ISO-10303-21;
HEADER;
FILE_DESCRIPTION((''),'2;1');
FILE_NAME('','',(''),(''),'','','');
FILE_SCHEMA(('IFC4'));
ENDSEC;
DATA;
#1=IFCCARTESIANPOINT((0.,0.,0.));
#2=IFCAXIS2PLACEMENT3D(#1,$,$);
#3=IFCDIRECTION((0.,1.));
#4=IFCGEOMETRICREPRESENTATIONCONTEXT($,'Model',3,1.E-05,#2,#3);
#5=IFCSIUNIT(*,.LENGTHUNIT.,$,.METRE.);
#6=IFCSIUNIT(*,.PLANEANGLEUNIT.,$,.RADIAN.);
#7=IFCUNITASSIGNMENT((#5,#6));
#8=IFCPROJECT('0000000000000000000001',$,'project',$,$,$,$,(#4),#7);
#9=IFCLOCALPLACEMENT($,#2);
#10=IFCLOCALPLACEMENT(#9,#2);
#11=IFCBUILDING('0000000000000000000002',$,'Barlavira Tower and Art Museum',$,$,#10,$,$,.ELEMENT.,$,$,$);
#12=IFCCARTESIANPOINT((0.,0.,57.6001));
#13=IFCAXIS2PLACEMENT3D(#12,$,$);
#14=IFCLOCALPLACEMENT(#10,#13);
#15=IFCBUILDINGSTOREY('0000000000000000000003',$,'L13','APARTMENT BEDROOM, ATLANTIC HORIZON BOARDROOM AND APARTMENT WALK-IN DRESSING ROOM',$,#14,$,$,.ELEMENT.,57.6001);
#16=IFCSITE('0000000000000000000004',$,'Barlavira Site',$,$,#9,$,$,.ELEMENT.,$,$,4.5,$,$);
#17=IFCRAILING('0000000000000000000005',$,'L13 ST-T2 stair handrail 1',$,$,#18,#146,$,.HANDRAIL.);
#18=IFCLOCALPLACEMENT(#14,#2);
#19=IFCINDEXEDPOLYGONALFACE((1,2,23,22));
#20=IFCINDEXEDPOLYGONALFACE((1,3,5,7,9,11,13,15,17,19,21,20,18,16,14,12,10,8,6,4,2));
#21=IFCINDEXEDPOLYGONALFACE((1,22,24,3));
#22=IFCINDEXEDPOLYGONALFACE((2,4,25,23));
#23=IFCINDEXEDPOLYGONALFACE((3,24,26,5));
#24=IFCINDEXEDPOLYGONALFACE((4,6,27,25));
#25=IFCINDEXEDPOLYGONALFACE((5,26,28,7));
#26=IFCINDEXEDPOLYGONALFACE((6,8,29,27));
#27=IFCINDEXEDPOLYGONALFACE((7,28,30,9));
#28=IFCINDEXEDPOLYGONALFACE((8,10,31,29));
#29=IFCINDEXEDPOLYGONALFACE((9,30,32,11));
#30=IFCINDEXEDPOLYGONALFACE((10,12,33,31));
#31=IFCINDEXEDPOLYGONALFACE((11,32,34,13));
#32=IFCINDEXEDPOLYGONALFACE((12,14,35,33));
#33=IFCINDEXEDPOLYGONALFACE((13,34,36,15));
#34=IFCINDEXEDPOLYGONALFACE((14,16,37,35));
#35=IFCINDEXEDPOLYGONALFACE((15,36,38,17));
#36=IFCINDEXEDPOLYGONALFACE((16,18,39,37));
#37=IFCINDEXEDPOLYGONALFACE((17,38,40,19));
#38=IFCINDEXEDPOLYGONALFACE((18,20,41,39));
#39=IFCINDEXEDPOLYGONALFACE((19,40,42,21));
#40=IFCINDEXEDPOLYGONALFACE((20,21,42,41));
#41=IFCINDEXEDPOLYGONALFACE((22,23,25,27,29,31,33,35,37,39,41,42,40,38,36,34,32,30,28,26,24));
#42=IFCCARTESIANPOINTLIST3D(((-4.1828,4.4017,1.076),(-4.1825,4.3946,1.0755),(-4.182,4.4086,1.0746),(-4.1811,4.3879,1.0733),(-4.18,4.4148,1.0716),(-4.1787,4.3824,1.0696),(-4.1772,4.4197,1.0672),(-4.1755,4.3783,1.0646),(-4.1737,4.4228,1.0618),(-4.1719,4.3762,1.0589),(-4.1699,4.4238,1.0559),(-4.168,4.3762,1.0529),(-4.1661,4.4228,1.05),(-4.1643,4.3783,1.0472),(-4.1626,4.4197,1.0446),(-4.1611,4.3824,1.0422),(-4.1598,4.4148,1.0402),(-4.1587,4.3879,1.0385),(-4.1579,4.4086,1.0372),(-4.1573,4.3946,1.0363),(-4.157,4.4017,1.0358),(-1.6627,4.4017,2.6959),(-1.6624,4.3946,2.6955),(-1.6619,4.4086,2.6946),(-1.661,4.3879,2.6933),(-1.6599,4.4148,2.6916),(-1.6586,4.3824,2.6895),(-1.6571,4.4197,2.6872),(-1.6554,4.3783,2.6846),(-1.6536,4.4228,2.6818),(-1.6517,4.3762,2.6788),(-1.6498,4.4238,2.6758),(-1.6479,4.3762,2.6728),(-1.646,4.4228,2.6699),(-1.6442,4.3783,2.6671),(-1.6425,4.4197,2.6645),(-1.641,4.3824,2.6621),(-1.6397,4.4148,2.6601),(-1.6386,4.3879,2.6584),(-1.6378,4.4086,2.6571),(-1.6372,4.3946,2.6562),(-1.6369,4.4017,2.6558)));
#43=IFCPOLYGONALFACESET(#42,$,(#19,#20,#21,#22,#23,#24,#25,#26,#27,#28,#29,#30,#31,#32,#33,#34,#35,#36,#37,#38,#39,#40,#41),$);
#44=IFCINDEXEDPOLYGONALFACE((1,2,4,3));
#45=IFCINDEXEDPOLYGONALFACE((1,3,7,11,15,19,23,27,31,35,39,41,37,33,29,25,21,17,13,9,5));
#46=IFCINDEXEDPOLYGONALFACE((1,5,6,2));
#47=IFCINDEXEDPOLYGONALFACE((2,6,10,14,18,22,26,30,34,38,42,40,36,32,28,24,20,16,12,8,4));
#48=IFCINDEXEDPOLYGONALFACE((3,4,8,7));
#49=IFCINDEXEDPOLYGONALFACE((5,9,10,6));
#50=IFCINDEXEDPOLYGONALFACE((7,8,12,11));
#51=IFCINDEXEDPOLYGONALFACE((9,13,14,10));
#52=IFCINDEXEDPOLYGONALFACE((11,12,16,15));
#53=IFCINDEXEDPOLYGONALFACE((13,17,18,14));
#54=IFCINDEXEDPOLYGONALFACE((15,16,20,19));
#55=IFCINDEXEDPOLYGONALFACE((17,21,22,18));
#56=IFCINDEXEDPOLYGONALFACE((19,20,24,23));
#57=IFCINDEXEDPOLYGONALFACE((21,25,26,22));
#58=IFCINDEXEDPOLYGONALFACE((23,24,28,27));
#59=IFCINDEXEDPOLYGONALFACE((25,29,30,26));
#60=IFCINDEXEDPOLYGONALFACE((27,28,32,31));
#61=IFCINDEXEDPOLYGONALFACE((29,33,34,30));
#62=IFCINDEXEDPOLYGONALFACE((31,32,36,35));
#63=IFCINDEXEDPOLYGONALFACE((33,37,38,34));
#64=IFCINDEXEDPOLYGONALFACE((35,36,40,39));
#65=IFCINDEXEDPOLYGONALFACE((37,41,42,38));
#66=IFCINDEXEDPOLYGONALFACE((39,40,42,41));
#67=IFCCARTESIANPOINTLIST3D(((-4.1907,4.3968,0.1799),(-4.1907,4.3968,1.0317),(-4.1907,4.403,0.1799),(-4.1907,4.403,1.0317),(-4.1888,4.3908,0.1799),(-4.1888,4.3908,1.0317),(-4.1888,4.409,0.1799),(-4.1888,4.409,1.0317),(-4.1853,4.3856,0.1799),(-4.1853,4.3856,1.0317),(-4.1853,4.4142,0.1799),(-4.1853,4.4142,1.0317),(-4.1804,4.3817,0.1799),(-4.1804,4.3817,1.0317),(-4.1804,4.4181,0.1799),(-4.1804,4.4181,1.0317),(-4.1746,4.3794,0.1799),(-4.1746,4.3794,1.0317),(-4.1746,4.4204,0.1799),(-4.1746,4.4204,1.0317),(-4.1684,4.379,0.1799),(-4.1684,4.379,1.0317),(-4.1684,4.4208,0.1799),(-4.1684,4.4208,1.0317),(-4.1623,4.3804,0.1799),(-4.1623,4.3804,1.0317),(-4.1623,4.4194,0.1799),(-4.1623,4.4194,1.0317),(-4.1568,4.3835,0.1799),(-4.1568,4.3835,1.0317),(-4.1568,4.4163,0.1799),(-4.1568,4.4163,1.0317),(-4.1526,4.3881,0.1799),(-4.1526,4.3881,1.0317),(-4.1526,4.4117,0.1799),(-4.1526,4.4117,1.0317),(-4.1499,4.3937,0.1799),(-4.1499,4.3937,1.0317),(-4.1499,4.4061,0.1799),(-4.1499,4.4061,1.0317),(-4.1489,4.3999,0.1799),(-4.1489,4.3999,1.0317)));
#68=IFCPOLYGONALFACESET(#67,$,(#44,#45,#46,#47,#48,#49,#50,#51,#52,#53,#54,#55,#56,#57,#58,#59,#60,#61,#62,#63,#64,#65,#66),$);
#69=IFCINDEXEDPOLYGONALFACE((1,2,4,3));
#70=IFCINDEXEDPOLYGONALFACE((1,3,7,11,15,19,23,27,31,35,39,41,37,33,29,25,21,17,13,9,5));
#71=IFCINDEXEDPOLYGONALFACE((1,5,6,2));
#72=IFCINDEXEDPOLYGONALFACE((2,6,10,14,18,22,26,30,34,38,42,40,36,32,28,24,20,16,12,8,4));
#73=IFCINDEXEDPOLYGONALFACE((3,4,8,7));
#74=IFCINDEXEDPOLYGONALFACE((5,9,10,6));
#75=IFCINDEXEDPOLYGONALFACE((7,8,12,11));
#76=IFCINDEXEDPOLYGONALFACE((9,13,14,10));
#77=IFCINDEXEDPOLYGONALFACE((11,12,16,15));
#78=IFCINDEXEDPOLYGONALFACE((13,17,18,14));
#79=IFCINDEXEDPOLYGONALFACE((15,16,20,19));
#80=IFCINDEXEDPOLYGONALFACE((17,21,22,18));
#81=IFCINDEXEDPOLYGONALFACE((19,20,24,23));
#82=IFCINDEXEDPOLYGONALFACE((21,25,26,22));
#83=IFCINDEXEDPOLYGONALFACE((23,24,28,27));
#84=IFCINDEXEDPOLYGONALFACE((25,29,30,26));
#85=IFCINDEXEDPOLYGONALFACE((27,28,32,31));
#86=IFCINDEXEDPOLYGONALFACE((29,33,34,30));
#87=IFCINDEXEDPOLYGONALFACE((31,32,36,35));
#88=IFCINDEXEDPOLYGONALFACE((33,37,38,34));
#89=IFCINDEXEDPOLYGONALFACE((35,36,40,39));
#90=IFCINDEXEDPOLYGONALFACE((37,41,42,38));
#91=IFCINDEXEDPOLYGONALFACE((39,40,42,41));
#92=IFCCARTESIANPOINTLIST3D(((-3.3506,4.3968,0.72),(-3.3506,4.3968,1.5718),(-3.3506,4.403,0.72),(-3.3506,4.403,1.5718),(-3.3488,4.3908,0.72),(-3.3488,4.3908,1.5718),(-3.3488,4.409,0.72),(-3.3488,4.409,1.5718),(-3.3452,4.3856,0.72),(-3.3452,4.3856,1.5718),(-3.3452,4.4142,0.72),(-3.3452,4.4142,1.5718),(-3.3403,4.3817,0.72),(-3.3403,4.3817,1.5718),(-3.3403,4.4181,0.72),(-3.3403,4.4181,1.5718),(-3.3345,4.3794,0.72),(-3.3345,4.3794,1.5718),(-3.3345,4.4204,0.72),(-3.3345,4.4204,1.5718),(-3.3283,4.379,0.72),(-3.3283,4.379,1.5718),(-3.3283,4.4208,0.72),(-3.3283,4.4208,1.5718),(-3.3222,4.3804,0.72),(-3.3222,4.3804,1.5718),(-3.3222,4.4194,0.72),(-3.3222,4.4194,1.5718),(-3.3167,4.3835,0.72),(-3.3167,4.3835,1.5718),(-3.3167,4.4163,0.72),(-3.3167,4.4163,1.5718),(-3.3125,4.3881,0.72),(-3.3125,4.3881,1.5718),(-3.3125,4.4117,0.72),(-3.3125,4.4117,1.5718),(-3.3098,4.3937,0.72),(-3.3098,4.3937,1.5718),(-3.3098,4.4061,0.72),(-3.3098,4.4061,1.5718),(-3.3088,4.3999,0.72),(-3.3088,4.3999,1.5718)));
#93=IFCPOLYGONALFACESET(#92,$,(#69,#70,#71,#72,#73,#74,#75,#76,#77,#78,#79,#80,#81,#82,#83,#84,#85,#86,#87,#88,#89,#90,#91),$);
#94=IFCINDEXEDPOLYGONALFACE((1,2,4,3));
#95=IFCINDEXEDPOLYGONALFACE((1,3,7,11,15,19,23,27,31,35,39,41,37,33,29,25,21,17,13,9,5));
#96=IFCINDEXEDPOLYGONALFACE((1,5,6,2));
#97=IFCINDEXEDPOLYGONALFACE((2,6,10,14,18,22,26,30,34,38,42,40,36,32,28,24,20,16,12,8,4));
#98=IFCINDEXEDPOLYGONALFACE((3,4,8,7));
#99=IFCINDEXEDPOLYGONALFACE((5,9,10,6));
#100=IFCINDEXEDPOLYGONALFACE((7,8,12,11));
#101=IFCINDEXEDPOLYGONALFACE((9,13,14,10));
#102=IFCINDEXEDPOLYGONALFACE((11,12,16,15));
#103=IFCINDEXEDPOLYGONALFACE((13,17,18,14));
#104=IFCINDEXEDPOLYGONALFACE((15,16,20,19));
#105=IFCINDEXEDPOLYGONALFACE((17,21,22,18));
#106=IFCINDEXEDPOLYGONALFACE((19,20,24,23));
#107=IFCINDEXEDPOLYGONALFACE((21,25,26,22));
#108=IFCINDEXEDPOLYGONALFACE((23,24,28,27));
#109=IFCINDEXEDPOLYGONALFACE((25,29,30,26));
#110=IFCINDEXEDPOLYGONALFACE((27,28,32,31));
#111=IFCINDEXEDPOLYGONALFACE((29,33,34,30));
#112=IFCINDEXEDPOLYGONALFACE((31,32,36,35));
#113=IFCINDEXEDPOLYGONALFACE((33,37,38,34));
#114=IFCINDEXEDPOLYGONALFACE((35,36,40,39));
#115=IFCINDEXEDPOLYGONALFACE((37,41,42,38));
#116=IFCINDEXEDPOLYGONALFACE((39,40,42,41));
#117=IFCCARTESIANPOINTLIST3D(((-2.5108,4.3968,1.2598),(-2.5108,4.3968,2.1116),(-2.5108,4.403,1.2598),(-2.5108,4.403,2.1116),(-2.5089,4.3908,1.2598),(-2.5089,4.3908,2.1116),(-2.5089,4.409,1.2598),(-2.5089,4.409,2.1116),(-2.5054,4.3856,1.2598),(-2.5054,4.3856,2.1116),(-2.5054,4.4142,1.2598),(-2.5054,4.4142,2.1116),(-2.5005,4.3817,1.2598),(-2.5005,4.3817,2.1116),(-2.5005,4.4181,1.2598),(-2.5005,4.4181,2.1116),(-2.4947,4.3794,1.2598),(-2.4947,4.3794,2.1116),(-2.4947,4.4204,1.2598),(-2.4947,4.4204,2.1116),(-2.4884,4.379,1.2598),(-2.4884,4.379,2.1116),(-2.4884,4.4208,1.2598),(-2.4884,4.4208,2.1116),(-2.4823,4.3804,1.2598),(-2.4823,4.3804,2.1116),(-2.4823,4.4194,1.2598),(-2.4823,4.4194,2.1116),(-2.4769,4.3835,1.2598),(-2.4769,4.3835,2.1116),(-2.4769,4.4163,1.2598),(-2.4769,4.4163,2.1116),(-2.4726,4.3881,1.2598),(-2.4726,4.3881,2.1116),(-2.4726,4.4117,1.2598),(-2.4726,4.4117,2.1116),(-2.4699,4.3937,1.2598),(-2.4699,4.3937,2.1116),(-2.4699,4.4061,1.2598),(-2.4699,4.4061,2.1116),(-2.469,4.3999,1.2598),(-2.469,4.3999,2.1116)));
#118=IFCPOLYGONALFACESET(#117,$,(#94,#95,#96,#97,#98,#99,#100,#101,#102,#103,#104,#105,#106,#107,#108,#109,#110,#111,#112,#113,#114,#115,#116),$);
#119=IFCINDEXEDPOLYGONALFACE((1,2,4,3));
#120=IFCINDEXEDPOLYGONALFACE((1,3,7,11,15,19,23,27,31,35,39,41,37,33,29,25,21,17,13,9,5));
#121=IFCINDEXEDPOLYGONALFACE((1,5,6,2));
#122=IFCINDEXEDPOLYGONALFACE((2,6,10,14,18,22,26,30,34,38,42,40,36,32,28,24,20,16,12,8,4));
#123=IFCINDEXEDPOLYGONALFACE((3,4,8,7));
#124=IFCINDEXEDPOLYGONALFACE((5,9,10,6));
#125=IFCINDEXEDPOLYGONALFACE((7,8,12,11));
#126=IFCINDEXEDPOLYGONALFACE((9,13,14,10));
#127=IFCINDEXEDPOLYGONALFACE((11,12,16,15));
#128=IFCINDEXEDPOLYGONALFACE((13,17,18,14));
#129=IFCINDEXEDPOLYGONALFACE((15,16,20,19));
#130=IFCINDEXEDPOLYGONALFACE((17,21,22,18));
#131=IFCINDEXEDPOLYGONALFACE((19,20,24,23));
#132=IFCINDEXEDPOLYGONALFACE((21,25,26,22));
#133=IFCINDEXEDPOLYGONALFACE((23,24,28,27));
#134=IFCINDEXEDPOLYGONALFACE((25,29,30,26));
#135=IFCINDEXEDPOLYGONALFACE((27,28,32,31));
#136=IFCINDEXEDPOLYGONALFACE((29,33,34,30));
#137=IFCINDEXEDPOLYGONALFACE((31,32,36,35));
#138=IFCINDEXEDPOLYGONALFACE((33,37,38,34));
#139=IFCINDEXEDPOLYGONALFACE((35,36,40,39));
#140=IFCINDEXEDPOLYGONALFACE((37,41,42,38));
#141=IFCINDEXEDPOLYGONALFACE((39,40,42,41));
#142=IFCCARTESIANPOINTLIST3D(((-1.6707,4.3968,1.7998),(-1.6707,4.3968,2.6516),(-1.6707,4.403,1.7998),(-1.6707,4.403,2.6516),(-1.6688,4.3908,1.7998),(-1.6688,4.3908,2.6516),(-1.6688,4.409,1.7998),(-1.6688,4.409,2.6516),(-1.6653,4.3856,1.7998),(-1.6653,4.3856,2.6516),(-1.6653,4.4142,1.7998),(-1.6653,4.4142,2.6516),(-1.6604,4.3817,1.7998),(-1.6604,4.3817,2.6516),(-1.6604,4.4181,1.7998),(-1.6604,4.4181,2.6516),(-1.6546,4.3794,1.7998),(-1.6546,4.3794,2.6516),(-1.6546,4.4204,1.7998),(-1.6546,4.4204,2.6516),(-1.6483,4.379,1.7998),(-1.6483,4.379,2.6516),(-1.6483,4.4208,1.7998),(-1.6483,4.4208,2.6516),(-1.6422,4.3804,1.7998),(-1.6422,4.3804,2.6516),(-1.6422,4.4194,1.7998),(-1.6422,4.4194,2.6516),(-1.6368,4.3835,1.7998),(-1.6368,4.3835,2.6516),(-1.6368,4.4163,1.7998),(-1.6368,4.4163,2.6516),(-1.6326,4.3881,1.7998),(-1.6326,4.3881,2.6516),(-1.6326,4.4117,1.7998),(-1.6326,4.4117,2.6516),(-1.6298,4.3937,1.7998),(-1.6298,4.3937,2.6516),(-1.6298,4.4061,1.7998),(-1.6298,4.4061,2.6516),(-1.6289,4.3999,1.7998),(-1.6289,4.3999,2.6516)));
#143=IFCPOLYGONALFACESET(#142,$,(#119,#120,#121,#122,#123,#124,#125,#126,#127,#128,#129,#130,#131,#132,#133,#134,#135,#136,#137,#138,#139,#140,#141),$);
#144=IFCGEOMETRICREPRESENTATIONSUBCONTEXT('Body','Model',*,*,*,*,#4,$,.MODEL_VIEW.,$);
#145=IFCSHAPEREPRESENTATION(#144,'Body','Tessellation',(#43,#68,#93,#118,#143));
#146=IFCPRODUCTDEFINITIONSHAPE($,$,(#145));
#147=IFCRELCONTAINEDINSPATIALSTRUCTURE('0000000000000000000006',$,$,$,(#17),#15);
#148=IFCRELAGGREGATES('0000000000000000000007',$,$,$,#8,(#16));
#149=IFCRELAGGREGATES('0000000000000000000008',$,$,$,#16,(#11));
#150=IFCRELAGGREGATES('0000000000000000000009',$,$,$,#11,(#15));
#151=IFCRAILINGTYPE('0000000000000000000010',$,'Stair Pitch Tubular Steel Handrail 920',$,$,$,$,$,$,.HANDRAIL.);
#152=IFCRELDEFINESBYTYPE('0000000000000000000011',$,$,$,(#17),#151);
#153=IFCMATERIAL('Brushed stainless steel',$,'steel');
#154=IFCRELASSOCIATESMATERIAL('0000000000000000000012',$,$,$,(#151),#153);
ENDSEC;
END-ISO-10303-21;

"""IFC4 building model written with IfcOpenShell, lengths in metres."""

from ifc_helpers import new_model, si_unit, direction, frame, origin, origin_2d, place, context, subcontext, project, spatial, circle, extrude, material, type_object, element, save


model = new_model("IFC4")

# Units and contexts
model_context = context("Model", 3, precision=1e-05, world=origin(), true_north=direction((0.0, 1.0)))
body_context = subcontext(model_context, "Body", "Model", "MODEL_VIEW")
ifc_project = project(units=[si_unit("LENGTHUNIT", "METRE"), si_unit("PLANEANGLEUNIT", "RADIAN")], contexts=[model_context])

# Site, building, storey
site_placement = place(None, origin())
site = spatial("IfcSite", under=ifc_project, at=site_placement, Name="Barlavira Site", CompositionType="ELEMENT", RefElevation=4.5)
building_placement = place(site_placement, origin())
building = spatial("IfcBuilding", under=site, at=building_placement, Name="Barlavira Tower and Art Museum", CompositionType="ELEMENT")
storey_placement = place(building_placement, frame((0.0, 0.0, 57.6001)))
storey = spatial("IfcBuildingStorey", under=building, at=storey_placement, Name="L13", Description="APARTMENT BEDROOM, ATLANTIC HORIZON BOARDROOM AND APARTMENT WALK-IN DRESSING ROOM", CompositionType="ELEMENT", Elevation=57.6001)

# Shared definitions
ifc_material_1 = material(Name="Brushed stainless steel", Category="steel")

# Railing
railing_type_1 = type_object("IfcRailingType", Name="Stair Pitch Tubular Steel Handrail 920", PredefinedType="HANDRAIL", material=ifc_material_1)
railing_1_placement = place(storey_placement, frame((-4.1699, 4.3999, 0.1799)))
element("IfcRailing", 1, at=railing_1_placement, inside=storey, type_object=railing_type_1, Name="L13 ST-T2 stair handrail 1", PredefinedType="HANDRAIL", context=body_context, shape_type="SweptSolid", body=[
    extrude(circle(Radius=0.0239, at=origin_2d()), frame((0.0, 0.0, 0.876), z_axis=(0.8412, 0.0, 0.540725), x_axis=(0.0, 1.0, 0.0)), (0.0, 0.0, 1.0), 2.9958),
    extrude(circle(Radius=0.021, at=origin_2d()), origin(), (0.0, 0.0, 1.0), 0.8518),
    extrude(circle(Radius=0.021, at=origin_2d()), frame((0.8401, 0.0, 0.54)), (0.0, 0.0, 1.0), 0.8518),
    extrude(circle(Radius=0.021, at=origin_2d()), frame((1.6799, 0.0, 1.0798)), (0.0, 0.0, 1.0), 0.8518),
    extrude(circle(Radius=0.021, at=origin_2d()), frame((2.52, 0.0, 1.6199)), (0.0, 0.0, 1.0), 0.8518),
])

save(model, "model.ifc")
